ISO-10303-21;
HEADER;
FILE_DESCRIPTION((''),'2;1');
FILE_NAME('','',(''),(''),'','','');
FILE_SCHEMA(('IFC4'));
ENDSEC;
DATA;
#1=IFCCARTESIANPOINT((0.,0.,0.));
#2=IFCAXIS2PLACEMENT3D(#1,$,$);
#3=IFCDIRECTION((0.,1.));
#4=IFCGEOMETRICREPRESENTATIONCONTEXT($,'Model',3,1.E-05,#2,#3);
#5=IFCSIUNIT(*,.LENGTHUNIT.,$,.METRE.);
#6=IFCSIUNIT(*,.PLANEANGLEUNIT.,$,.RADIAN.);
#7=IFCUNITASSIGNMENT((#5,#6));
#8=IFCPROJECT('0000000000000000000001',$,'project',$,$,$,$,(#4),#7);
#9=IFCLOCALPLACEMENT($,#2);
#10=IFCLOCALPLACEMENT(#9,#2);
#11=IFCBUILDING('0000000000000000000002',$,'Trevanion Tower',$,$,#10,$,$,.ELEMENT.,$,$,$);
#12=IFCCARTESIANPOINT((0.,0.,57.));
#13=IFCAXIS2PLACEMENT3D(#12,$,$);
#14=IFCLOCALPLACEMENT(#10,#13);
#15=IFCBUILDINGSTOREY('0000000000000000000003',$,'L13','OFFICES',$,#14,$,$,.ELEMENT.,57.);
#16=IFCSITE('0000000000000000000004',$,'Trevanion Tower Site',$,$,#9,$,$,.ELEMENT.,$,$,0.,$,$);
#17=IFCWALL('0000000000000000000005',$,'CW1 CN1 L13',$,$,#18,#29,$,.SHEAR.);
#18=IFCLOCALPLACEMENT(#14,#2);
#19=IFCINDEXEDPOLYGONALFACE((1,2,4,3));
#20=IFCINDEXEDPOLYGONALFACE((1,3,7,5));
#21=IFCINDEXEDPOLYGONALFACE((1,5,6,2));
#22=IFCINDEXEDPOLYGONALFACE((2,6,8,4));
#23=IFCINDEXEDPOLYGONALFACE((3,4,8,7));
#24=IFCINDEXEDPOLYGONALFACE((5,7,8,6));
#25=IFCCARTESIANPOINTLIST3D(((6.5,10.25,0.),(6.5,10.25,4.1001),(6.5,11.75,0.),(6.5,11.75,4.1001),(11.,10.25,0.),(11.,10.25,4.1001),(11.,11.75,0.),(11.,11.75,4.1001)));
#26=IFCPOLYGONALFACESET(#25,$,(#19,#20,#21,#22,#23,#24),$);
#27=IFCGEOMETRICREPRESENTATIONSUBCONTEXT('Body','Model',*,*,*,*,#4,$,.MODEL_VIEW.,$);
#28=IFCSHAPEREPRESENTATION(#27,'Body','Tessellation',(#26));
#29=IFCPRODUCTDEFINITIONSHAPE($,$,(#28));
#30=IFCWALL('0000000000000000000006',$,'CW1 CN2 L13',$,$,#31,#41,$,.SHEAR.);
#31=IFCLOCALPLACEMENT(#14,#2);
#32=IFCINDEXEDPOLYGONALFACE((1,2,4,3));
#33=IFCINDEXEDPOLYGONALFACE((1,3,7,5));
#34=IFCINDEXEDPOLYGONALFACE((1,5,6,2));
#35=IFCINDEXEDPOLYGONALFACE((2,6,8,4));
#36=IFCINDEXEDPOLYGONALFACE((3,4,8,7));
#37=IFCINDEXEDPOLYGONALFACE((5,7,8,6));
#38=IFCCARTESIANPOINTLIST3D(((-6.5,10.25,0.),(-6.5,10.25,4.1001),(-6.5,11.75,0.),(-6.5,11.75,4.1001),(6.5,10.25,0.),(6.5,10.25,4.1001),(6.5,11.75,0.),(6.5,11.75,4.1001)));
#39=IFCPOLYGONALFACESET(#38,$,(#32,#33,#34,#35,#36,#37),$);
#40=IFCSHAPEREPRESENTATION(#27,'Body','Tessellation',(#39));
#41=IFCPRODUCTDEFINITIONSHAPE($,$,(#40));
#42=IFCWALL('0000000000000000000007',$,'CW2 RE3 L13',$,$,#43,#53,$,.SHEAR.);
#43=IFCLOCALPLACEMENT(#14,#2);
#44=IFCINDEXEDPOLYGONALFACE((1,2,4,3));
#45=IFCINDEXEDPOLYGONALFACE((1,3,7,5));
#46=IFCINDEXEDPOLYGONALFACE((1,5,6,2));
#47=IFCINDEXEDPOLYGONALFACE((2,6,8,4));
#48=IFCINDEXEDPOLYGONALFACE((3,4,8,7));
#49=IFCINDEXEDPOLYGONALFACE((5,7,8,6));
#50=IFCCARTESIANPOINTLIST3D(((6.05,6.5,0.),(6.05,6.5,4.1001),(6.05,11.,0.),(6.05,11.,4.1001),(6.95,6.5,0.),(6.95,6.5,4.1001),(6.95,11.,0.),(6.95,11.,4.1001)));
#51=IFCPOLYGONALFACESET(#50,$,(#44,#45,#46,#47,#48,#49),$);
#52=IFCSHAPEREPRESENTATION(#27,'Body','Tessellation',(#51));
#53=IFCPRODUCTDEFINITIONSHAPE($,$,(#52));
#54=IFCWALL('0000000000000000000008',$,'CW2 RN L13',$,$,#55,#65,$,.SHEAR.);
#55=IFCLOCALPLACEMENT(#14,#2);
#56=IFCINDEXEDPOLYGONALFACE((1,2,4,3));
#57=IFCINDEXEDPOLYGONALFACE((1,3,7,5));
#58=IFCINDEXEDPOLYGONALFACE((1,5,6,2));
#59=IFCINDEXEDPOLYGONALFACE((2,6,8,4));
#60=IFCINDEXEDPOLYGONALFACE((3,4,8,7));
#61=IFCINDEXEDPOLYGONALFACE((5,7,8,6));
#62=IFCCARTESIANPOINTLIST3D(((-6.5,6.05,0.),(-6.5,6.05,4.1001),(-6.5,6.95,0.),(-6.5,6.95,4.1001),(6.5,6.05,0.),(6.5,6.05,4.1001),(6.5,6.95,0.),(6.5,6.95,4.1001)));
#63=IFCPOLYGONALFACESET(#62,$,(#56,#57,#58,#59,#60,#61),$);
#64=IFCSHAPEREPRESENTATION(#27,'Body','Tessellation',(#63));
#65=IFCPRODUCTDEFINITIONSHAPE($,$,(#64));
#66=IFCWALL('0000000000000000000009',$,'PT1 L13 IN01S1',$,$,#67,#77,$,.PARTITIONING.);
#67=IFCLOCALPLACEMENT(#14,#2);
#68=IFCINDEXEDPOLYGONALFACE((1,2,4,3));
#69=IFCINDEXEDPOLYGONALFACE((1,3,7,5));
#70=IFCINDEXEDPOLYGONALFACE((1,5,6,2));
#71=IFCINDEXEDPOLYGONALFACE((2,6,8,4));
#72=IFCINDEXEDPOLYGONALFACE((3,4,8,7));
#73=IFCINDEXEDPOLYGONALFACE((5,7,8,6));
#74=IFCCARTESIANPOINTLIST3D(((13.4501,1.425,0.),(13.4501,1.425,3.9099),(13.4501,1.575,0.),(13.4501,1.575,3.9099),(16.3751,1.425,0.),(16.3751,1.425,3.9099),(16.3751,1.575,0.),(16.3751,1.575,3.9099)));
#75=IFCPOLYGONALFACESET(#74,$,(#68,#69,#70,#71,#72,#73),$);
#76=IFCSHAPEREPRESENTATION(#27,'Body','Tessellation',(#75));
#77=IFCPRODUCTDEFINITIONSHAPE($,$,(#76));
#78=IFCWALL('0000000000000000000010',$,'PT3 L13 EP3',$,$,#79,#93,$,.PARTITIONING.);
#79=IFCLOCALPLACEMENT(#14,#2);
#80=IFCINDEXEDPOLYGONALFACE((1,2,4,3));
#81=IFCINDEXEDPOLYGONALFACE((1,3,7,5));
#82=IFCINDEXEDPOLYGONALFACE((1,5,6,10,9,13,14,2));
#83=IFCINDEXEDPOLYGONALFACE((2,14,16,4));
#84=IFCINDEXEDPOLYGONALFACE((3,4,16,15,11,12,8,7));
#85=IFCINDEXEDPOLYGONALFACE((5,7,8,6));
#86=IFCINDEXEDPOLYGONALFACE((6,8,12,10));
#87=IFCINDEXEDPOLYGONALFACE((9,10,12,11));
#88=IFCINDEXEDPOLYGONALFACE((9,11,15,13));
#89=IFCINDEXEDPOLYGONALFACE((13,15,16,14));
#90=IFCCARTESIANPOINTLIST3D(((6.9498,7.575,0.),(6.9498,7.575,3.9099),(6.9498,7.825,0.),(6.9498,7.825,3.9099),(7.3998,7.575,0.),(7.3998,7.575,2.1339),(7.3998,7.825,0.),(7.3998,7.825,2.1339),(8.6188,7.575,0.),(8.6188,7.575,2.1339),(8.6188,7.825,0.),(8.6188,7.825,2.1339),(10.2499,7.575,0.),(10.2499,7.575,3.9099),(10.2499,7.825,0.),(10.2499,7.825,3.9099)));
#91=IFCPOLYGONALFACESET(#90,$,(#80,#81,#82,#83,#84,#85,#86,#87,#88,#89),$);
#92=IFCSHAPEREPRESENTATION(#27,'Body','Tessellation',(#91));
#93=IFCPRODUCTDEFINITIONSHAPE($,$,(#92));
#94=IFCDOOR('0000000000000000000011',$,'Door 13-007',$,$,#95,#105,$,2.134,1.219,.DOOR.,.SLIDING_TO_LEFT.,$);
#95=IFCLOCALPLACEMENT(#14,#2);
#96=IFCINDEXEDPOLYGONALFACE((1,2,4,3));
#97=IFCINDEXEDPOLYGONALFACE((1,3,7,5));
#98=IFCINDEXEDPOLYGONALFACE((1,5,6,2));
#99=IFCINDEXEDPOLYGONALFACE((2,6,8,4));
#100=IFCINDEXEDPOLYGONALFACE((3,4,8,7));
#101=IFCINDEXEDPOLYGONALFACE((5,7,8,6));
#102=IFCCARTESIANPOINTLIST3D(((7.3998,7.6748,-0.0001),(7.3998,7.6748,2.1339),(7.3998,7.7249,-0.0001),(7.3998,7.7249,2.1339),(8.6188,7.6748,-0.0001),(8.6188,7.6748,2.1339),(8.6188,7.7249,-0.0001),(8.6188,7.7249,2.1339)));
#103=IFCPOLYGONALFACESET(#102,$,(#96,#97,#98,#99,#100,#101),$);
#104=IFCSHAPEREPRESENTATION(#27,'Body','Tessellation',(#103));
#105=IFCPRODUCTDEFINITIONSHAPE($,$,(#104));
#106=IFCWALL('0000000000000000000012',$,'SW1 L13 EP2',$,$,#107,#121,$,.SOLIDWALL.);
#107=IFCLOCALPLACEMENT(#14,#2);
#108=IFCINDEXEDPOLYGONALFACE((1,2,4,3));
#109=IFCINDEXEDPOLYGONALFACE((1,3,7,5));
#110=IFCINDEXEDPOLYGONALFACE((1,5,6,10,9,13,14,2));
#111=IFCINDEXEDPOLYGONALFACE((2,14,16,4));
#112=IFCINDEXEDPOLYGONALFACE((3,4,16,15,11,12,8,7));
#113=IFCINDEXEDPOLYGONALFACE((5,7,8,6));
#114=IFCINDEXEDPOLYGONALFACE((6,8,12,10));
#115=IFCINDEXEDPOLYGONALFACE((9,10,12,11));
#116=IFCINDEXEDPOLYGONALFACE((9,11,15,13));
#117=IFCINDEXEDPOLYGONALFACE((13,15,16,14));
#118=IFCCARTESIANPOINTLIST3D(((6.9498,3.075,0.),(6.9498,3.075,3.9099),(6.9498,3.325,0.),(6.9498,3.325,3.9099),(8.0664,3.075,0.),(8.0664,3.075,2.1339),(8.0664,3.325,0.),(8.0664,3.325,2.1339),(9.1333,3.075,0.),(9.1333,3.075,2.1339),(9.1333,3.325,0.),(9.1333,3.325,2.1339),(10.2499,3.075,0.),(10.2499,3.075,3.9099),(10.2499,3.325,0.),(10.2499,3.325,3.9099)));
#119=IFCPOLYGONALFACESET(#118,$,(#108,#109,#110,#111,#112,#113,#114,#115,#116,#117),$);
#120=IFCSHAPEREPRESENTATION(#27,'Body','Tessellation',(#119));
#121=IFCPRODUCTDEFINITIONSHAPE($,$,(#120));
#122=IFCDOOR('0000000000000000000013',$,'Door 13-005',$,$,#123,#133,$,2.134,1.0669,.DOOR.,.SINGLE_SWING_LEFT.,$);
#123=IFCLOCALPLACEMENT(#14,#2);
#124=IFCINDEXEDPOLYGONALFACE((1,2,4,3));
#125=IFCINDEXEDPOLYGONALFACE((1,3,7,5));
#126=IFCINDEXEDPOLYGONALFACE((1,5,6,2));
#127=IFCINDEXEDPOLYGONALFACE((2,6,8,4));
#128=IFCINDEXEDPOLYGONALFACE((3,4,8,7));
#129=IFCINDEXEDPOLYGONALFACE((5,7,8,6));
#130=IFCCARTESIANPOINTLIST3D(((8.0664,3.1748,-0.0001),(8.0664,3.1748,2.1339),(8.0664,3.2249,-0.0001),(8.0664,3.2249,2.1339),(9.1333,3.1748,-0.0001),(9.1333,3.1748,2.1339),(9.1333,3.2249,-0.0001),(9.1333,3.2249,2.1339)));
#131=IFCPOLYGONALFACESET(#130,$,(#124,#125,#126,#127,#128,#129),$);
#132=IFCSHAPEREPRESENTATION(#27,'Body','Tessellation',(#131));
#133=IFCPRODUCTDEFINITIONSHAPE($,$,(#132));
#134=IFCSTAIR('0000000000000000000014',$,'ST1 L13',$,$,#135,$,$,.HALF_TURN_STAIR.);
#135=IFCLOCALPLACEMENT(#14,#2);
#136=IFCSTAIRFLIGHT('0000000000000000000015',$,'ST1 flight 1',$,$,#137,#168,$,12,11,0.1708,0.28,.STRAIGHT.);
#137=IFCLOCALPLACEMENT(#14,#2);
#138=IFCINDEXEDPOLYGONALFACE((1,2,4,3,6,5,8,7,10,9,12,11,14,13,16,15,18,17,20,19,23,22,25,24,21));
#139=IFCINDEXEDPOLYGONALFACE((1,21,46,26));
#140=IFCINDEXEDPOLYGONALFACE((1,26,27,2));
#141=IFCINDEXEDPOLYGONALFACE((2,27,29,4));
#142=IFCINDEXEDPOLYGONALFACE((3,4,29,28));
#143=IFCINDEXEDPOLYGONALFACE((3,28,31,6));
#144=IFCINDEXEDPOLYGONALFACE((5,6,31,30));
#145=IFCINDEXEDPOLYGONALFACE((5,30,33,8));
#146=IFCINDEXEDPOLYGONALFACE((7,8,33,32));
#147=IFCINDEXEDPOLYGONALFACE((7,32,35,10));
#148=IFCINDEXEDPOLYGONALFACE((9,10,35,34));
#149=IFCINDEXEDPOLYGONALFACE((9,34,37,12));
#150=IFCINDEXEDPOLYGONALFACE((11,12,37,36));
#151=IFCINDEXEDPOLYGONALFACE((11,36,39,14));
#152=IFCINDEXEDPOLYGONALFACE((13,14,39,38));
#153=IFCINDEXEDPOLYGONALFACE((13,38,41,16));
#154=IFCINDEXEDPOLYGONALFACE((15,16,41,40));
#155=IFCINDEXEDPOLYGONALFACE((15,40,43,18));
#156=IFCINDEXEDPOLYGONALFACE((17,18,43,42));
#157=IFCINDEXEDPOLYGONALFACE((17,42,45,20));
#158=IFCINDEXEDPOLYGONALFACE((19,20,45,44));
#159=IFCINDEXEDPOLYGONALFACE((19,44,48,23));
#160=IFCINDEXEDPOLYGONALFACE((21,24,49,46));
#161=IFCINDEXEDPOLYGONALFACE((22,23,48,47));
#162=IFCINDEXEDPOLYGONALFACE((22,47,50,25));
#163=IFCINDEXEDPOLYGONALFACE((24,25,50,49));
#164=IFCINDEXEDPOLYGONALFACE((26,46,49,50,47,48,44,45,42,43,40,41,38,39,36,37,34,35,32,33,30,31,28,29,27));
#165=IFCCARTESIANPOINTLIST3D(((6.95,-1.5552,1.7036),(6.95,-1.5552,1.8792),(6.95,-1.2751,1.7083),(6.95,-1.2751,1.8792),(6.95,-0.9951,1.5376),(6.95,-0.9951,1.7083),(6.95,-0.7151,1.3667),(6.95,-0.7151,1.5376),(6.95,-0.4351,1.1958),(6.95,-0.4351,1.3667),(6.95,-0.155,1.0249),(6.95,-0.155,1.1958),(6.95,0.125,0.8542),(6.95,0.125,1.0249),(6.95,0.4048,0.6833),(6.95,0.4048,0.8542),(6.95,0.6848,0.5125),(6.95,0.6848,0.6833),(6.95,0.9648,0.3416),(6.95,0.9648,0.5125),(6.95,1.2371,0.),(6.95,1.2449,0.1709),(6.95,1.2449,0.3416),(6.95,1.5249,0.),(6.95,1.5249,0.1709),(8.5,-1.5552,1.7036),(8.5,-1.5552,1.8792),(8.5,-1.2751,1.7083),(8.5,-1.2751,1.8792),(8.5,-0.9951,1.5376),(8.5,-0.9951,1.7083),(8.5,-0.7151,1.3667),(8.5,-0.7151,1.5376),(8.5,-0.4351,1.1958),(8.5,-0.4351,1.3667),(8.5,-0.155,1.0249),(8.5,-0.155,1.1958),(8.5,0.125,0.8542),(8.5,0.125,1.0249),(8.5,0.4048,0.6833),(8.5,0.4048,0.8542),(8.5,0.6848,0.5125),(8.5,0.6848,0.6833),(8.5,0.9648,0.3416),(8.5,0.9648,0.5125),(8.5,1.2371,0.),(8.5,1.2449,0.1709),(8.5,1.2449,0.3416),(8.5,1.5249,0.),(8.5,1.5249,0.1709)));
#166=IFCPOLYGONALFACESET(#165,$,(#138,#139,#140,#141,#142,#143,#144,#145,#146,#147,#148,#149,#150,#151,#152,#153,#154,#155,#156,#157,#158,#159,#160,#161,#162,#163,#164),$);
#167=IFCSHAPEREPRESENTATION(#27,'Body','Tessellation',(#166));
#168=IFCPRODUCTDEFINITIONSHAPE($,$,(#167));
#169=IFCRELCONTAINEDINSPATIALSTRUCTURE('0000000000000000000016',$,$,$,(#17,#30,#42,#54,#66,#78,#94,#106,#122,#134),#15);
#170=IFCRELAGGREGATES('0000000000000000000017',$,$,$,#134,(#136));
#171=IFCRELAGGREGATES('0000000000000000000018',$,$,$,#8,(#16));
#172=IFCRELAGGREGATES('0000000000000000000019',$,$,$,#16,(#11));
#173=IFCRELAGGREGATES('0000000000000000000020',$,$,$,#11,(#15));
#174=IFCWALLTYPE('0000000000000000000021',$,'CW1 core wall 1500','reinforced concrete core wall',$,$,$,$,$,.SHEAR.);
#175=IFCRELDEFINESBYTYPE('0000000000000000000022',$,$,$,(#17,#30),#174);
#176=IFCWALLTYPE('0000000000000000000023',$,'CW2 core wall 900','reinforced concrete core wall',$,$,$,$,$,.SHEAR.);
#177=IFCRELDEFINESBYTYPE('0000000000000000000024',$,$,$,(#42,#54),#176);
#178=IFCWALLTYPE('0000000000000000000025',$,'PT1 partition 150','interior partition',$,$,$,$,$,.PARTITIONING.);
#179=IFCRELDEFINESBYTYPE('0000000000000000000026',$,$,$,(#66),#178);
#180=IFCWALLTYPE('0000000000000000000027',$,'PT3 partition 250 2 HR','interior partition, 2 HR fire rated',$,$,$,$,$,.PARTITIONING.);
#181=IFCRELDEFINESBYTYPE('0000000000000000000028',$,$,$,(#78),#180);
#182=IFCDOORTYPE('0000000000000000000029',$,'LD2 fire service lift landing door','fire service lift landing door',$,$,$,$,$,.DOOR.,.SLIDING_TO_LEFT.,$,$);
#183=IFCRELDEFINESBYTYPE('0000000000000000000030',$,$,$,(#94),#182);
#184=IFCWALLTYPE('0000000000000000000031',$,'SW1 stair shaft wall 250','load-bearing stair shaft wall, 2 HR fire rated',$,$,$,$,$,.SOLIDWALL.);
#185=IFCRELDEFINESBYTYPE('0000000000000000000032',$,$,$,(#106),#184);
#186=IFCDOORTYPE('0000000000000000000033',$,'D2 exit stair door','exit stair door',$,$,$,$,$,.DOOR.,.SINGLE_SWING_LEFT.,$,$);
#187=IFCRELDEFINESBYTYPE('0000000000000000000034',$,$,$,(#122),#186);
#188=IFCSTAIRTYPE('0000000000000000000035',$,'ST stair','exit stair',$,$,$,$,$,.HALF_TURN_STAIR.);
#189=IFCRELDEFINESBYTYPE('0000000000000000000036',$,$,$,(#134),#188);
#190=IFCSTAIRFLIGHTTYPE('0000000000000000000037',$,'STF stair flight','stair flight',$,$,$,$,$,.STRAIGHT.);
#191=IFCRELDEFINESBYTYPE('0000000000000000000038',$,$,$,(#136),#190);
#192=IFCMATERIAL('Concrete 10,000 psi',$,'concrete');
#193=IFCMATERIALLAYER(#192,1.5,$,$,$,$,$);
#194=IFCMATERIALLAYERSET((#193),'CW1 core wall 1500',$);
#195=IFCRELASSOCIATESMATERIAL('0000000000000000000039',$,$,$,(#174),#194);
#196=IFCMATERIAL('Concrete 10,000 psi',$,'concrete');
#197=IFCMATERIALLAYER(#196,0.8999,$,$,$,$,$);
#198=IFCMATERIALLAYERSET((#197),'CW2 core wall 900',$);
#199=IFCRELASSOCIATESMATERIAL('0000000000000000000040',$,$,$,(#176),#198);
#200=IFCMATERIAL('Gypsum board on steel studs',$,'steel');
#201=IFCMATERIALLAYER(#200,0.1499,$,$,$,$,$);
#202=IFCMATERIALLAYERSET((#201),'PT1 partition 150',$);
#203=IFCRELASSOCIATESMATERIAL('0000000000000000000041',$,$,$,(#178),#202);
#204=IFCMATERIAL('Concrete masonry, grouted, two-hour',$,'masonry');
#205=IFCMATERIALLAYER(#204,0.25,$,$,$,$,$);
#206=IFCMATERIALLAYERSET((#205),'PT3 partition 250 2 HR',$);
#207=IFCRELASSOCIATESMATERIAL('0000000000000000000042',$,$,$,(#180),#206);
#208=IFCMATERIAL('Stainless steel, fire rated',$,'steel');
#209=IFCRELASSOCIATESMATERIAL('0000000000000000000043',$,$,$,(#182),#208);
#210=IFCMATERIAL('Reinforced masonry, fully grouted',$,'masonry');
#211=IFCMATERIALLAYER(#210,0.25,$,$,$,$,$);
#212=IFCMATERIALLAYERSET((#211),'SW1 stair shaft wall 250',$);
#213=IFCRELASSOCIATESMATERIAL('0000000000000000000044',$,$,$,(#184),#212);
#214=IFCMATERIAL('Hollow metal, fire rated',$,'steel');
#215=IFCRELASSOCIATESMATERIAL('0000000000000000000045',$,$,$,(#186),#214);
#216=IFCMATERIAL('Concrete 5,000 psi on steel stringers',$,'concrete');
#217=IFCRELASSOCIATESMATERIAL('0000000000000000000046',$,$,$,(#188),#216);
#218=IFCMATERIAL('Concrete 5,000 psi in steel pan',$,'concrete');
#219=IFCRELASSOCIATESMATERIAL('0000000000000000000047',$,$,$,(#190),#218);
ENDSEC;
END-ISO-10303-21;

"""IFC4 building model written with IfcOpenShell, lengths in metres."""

from ifc_helpers import new_model, si_unit, direction, frame, frame_2d, origin, place, context, subcontext, project, spatial, polyline, rectangle, outline, extrude, material, layer, layer_set, type_object, element, fill, aggregate, save


model = new_model("IFC4")

# Units and contexts
model_context = context("Model", 3, precision=1e-05, world=origin(), true_north=direction((0.0, 1.0)))
body_context = subcontext(model_context, "Body", "Model", "MODEL_VIEW")
ifc_project = project(units=[si_unit("LENGTHUNIT", "METRE"), si_unit("PLANEANGLEUNIT", "RADIAN")], contexts=[model_context])

# Site, building, storey
site_placement = place(None, origin())
site = spatial("IfcSite", under=ifc_project, at=site_placement, Name="Trevanion Tower Site", CompositionType="ELEMENT", RefElevation=0.0)
building_placement = place(site_placement, origin())
building = spatial("IfcBuilding", under=site, at=building_placement, Name="Trevanion Tower", CompositionType="ELEMENT")
storey_placement = place(building_placement, frame((0.0, 0.0, 57.0)))
storey = spatial("IfcBuildingStorey", under=building, at=storey_placement, Name="L13", Description="OFFICES", CompositionType="ELEMENT", Elevation=57.0)

# Walls
ifc_material_1 = material(Name="Concrete 10,000 psi", Category="concrete")
ifc_layer_1 = layer(ifc_material_1, 1.5)
ifc_layer_set_1 = layer_set([ifc_layer_1], Name="CW1 core wall 1500")
wall_type_1 = type_object("IfcWallType", Name="CW1 core wall 1500", Description="reinforced concrete core wall", PredefinedType="SHEAR", material=ifc_layer_set_1)
wall_1_placement = place(storey_placement, frame((11.0, 11.0, 0.0), z_axis=(0.0, 0.0, 1.0), x_axis=(-1.0, 0.0, 0.0)))
element("IfcWall", 1, at=wall_1_placement, inside=storey, type_object=wall_type_1, Name="CW1 CN1 L13", PredefinedType="SHEAR", context=body_context, shape_type="SweptSolid", body=[
    extrude(rectangle(XDim=4.5, YDim=1.5, at=frame_2d((2.25, 0.0))), origin(), (0.0, 0.0, 1.0), 4.1001),
])
wall_2_placement = place(storey_placement, frame((6.5, 11.0, 0.0), z_axis=(0.0, 0.0, 1.0), x_axis=(-1.0, 0.0, 0.0)))
element("IfcWall", 2, at=wall_2_placement, inside=storey, type_object=wall_type_1, Name="CW1 CN2 L13", PredefinedType="SHEAR", context=body_context, shape_type="SweptSolid", body=[
    extrude(rectangle(XDim=13.0, YDim=1.5, at=frame_2d((6.5, 0.0))), origin(), (0.0, 0.0, 1.0), 4.1001),
])
ifc_material_2 = material(Name="Concrete 10,000 psi", Category="concrete")
ifc_layer_2 = layer(ifc_material_2, 0.8999)
ifc_layer_set_2 = layer_set([ifc_layer_2], Name="CW2 core wall 900")
wall_type_2 = type_object("IfcWallType", Name="CW2 core wall 900", Description="reinforced concrete core wall", PredefinedType="SHEAR", material=ifc_layer_set_2)
wall_3_placement = place(storey_placement, frame((6.5, 6.5, 0.0), z_axis=(0.0, 0.0, 1.0), x_axis=(0.0, 1.0, 0.0)))
element("IfcWall", 3, at=wall_3_placement, inside=storey, type_object=wall_type_2, Name="CW2 RE3 L13", PredefinedType="SHEAR", context=body_context, shape_type="SweptSolid", body=[
    extrude(rectangle(XDim=4.5, YDim=0.8999, at=frame_2d((2.25, 0.0))), origin(), (0.0, 0.0, 1.0), 4.1001),
])
wall_4_placement = place(storey_placement, frame((6.5, 6.5, 0.0), z_axis=(0.0, 0.0, 1.0), x_axis=(-1.0, 0.0, 0.0)))
element("IfcWall", 4, at=wall_4_placement, inside=storey, type_object=wall_type_2, Name="CW2 RN L13", PredefinedType="SHEAR", context=body_context, shape_type="SweptSolid", body=[
    extrude(rectangle(XDim=13.0, YDim=0.8999, at=frame_2d((6.5, 0.0))), origin(), (0.0, 0.0, 1.0), 4.1001),
])
ifc_material_3 = material(Name="Gypsum board on steel studs", Category="steel")
ifc_layer_3 = layer(ifc_material_3, 0.1499)
ifc_layer_set_3 = layer_set([ifc_layer_3], Name="PT1 partition 150")
wall_type_3 = type_object("IfcWallType", Name="PT1 partition 150", Description="interior partition", PredefinedType="PARTITIONING", material=ifc_layer_set_3)
wall_5_placement = place(storey_placement, frame((16.375, 1.5, 0.0), z_axis=(0.0, 0.0, 1.0), x_axis=(-1.0, 0.0, 0.0)))
element("IfcWall", 5, at=wall_5_placement, inside=storey, type_object=wall_type_3, Name="PT1 L13 IN01S1", PredefinedType="PARTITIONING", context=body_context, shape_type="SweptSolid", body=[
    extrude(rectangle(XDim=2.925, YDim=0.1499, at=frame_2d((1.4624, 0.0))), origin(), (0.0, 0.0, 1.0), 3.9099),
])

# Walls, openings, doors
ifc_material_4 = material(Name="Concrete masonry, grouted, two-hour", Category="masonry")
ifc_layer_4 = layer(ifc_material_4, 0.25)
ifc_layer_set_4 = layer_set([ifc_layer_4], Name="PT3 partition 250 2 HR")
wall_type_4 = type_object("IfcWallType", Name="PT3 partition 250 2 HR", Description="interior partition, 2 HR fire rated", PredefinedType="PARTITIONING", material=ifc_layer_set_4)
wall_6_placement = place(storey_placement, frame((6.95, 7.7, 0.0), z_axis=(0.0, 0.0, 1.0), x_axis=(1.0, 0.0, 0.0)))
wall_6 = element("IfcWall", 6, at=wall_6_placement, inside=storey, type_object=wall_type_4, Name="PT3 L13 EP3", PredefinedType="PARTITIONING", context=body_context, shape_type="SweptSolid", body=[
    extrude(rectangle(XDim=3.3, YDim=0.25, at=frame_2d((1.6499, 0.0))), origin(), (0.0, 0.0, 1.0), 3.9099),
])
opening_1_placement = place(wall_6_placement, frame((0.45, 0.0, 0.0)))
opening_1 = element("IfcOpeningElement", 7, at=opening_1_placement, cuts=wall_6, PredefinedType="OPENING", context=body_context, shape_type="SweptSolid", body=[
    extrude(rectangle(XDim=1.219, YDim=2.134, at=frame_2d((0.6094, 1.0669))), frame((0.0, 0.135, 0.0), z_axis=(0.0, -1.0, 0.0), x_axis=(1.0, 0.0, 0.0)), (0.0, 0.0, 1.0), 0.27),
])
ifc_material_5 = material(Name="Stainless steel, fire rated", Category="steel")
door_type_1 = type_object("IfcDoorType", Name="LD2 fire service lift landing door", Description="fire service lift landing door", OperationType="SLIDING_TO_LEFT", PredefinedType="DOOR", material=ifc_material_5)
door_1_placement = place(opening_1_placement, origin())
door_1 = element("IfcDoor", 8, at=door_1_placement, inside=storey, type_object=door_type_1, Name="Door 13-007", OperationType="SLIDING_TO_LEFT", OverallHeight=2.134, OverallWidth=1.219, PredefinedType="DOOR", context=body_context, shape_type="SweptSolid", body=[
    extrude(rectangle(XDim=1.219, YDim=2.134, at=frame_2d((0.6094, 1.0669))), frame((0.0, 0.0249, 0.0), z_axis=(0.0, -1.0, 0.0), x_axis=(1.0, 0.0, 0.0)), (0.0, 0.0, 1.0), 0.05),
])
fill(opening_1, door_1)
ifc_material_6 = material(Name="Reinforced masonry, fully grouted", Category="masonry")
ifc_layer_5 = layer(ifc_material_6, 0.25)
ifc_layer_set_5 = layer_set([ifc_layer_5], Name="SW1 stair shaft wall 250")
wall_type_5 = type_object("IfcWallType", Name="SW1 stair shaft wall 250", Description="load-bearing stair shaft wall, 2 HR fire rated", PredefinedType="SOLIDWALL", material=ifc_layer_set_5)
wall_7_placement = place(storey_placement, frame((6.95, 3.2, 0.0), z_axis=(0.0, 0.0, 1.0), x_axis=(1.0, 0.0, 0.0)))
wall_7 = element("IfcWall", 9, at=wall_7_placement, inside=storey, type_object=wall_type_5, Name="SW1 L13 EP2", PredefinedType="SOLIDWALL", context=body_context, shape_type="SweptSolid", body=[
    extrude(rectangle(XDim=3.3, YDim=0.25, at=frame_2d((1.6499, 0.0))), origin(), (0.0, 0.0, 1.0), 3.9099),
])
opening_2_placement = place(wall_7_placement, frame((1.1165, 0.0, 0.0)))
opening_2 = element("IfcOpeningElement", 10, at=opening_2_placement, cuts=wall_7, PredefinedType="OPENING", context=body_context, shape_type="SweptSolid", body=[
    extrude(rectangle(XDim=1.0669, YDim=2.134, at=frame_2d((0.5334, 1.0669))), frame((0.0, 0.135, 0.0), z_axis=(0.0, -1.0, 0.0), x_axis=(1.0, 0.0, 0.0)), (0.0, 0.0, 1.0), 0.27),
])
ifc_material_7 = material(Name="Hollow metal, fire rated", Category="steel")
door_type_2 = type_object("IfcDoorType", Name="D2 exit stair door", Description="exit stair door", OperationType="SINGLE_SWING_LEFT", PredefinedType="DOOR", material=ifc_material_7)
door_2_placement = place(opening_2_placement, origin())
door_2 = element("IfcDoor", 11, at=door_2_placement, inside=storey, type_object=door_type_2, Name="Door 13-005", OperationType="SINGLE_SWING_LEFT", OverallHeight=2.134, OverallWidth=1.0669, PredefinedType="DOOR", context=body_context, shape_type="SweptSolid", body=[
    extrude(rectangle(XDim=1.0669, YDim=2.134, at=frame_2d((0.5334, 1.0669))), frame((0.0, 0.0249, 0.0), z_axis=(0.0, -1.0, 0.0), x_axis=(1.0, 0.0, 0.0)), (0.0, 0.0, 1.0), 0.05),
])
fill(opening_2, door_2)

# Stair, stair flight
ifc_material_8 = material(Name="Concrete 5,000 psi on steel stringers", Category="concrete")
stair_type = type_object("IfcStairType", Name="ST stair", Description="exit stair", PredefinedType="HALF_TURN_STAIR", material=ifc_material_8)
stair_placement = place(storey_placement, origin())
stair = element("IfcStair", 12, at=stair_placement, inside=storey, type_object=stair_type, Name="ST1 L13", PredefinedType="HALF_TURN_STAIR")
ifc_material_9 = material(Name="Concrete 5,000 psi in steel pan", Category="concrete")
stair_flight_type = type_object("IfcStairFlightType", Name="STF stair flight", Description="stair flight", PredefinedType="STRAIGHT", material=ifc_material_9)
stair_flight_placement = place(storey_placement, frame((7.7251, 1.5249, 0.0), z_axis=(0.0, 0.0, 1.0), x_axis=(0.0, -1.0, 0.0)))
stair_flight = element("IfcStairFlight", 13, at=stair_flight_placement, type_object=stair_flight_type, Name="ST1 flight 1", NumberOfRisers=12, NumberOfTreads=11, PredefinedType="STRAIGHT", RiserHeight=0.1708, TreadLength=0.28, context=body_context, shape_type="SweptSolid", body=[
    extrude(outline(polyline([(0.0, 0.0), (0.0, 0.1709), (0.28, 0.1709), (0.28, 0.3416), (0.5601, 0.3416), (0.5601, 0.5125), (0.8401, 0.5125), (0.8401, 0.6833), (1.1201, 0.6833), (1.1201, 0.8542), (1.3999, 0.8542), (1.3999, 1.0249), (1.6799, 1.0249), (1.6799, 1.1958), (1.96, 1.1958), (1.96, 1.3667), (2.24, 1.3667), (2.24, 1.5376), (2.52, 1.5376), (2.52, 1.7083), (2.8, 1.7083), (2.8, 1.8792), (3.0801, 1.8792), (3.0801, 2.05), (3.0801, 1.7036), (0.2878, 0.0), (0.0, 0.0)])), frame((0.0, 0.7749, 0.0), z_axis=(0.0, -1.0, 0.0), x_axis=(1.0, 0.0, 0.0)), (0.0, 0.0, 1.0), 1.55),
])
aggregate(stair, [stair_flight])

save(model, "model.ifc")
